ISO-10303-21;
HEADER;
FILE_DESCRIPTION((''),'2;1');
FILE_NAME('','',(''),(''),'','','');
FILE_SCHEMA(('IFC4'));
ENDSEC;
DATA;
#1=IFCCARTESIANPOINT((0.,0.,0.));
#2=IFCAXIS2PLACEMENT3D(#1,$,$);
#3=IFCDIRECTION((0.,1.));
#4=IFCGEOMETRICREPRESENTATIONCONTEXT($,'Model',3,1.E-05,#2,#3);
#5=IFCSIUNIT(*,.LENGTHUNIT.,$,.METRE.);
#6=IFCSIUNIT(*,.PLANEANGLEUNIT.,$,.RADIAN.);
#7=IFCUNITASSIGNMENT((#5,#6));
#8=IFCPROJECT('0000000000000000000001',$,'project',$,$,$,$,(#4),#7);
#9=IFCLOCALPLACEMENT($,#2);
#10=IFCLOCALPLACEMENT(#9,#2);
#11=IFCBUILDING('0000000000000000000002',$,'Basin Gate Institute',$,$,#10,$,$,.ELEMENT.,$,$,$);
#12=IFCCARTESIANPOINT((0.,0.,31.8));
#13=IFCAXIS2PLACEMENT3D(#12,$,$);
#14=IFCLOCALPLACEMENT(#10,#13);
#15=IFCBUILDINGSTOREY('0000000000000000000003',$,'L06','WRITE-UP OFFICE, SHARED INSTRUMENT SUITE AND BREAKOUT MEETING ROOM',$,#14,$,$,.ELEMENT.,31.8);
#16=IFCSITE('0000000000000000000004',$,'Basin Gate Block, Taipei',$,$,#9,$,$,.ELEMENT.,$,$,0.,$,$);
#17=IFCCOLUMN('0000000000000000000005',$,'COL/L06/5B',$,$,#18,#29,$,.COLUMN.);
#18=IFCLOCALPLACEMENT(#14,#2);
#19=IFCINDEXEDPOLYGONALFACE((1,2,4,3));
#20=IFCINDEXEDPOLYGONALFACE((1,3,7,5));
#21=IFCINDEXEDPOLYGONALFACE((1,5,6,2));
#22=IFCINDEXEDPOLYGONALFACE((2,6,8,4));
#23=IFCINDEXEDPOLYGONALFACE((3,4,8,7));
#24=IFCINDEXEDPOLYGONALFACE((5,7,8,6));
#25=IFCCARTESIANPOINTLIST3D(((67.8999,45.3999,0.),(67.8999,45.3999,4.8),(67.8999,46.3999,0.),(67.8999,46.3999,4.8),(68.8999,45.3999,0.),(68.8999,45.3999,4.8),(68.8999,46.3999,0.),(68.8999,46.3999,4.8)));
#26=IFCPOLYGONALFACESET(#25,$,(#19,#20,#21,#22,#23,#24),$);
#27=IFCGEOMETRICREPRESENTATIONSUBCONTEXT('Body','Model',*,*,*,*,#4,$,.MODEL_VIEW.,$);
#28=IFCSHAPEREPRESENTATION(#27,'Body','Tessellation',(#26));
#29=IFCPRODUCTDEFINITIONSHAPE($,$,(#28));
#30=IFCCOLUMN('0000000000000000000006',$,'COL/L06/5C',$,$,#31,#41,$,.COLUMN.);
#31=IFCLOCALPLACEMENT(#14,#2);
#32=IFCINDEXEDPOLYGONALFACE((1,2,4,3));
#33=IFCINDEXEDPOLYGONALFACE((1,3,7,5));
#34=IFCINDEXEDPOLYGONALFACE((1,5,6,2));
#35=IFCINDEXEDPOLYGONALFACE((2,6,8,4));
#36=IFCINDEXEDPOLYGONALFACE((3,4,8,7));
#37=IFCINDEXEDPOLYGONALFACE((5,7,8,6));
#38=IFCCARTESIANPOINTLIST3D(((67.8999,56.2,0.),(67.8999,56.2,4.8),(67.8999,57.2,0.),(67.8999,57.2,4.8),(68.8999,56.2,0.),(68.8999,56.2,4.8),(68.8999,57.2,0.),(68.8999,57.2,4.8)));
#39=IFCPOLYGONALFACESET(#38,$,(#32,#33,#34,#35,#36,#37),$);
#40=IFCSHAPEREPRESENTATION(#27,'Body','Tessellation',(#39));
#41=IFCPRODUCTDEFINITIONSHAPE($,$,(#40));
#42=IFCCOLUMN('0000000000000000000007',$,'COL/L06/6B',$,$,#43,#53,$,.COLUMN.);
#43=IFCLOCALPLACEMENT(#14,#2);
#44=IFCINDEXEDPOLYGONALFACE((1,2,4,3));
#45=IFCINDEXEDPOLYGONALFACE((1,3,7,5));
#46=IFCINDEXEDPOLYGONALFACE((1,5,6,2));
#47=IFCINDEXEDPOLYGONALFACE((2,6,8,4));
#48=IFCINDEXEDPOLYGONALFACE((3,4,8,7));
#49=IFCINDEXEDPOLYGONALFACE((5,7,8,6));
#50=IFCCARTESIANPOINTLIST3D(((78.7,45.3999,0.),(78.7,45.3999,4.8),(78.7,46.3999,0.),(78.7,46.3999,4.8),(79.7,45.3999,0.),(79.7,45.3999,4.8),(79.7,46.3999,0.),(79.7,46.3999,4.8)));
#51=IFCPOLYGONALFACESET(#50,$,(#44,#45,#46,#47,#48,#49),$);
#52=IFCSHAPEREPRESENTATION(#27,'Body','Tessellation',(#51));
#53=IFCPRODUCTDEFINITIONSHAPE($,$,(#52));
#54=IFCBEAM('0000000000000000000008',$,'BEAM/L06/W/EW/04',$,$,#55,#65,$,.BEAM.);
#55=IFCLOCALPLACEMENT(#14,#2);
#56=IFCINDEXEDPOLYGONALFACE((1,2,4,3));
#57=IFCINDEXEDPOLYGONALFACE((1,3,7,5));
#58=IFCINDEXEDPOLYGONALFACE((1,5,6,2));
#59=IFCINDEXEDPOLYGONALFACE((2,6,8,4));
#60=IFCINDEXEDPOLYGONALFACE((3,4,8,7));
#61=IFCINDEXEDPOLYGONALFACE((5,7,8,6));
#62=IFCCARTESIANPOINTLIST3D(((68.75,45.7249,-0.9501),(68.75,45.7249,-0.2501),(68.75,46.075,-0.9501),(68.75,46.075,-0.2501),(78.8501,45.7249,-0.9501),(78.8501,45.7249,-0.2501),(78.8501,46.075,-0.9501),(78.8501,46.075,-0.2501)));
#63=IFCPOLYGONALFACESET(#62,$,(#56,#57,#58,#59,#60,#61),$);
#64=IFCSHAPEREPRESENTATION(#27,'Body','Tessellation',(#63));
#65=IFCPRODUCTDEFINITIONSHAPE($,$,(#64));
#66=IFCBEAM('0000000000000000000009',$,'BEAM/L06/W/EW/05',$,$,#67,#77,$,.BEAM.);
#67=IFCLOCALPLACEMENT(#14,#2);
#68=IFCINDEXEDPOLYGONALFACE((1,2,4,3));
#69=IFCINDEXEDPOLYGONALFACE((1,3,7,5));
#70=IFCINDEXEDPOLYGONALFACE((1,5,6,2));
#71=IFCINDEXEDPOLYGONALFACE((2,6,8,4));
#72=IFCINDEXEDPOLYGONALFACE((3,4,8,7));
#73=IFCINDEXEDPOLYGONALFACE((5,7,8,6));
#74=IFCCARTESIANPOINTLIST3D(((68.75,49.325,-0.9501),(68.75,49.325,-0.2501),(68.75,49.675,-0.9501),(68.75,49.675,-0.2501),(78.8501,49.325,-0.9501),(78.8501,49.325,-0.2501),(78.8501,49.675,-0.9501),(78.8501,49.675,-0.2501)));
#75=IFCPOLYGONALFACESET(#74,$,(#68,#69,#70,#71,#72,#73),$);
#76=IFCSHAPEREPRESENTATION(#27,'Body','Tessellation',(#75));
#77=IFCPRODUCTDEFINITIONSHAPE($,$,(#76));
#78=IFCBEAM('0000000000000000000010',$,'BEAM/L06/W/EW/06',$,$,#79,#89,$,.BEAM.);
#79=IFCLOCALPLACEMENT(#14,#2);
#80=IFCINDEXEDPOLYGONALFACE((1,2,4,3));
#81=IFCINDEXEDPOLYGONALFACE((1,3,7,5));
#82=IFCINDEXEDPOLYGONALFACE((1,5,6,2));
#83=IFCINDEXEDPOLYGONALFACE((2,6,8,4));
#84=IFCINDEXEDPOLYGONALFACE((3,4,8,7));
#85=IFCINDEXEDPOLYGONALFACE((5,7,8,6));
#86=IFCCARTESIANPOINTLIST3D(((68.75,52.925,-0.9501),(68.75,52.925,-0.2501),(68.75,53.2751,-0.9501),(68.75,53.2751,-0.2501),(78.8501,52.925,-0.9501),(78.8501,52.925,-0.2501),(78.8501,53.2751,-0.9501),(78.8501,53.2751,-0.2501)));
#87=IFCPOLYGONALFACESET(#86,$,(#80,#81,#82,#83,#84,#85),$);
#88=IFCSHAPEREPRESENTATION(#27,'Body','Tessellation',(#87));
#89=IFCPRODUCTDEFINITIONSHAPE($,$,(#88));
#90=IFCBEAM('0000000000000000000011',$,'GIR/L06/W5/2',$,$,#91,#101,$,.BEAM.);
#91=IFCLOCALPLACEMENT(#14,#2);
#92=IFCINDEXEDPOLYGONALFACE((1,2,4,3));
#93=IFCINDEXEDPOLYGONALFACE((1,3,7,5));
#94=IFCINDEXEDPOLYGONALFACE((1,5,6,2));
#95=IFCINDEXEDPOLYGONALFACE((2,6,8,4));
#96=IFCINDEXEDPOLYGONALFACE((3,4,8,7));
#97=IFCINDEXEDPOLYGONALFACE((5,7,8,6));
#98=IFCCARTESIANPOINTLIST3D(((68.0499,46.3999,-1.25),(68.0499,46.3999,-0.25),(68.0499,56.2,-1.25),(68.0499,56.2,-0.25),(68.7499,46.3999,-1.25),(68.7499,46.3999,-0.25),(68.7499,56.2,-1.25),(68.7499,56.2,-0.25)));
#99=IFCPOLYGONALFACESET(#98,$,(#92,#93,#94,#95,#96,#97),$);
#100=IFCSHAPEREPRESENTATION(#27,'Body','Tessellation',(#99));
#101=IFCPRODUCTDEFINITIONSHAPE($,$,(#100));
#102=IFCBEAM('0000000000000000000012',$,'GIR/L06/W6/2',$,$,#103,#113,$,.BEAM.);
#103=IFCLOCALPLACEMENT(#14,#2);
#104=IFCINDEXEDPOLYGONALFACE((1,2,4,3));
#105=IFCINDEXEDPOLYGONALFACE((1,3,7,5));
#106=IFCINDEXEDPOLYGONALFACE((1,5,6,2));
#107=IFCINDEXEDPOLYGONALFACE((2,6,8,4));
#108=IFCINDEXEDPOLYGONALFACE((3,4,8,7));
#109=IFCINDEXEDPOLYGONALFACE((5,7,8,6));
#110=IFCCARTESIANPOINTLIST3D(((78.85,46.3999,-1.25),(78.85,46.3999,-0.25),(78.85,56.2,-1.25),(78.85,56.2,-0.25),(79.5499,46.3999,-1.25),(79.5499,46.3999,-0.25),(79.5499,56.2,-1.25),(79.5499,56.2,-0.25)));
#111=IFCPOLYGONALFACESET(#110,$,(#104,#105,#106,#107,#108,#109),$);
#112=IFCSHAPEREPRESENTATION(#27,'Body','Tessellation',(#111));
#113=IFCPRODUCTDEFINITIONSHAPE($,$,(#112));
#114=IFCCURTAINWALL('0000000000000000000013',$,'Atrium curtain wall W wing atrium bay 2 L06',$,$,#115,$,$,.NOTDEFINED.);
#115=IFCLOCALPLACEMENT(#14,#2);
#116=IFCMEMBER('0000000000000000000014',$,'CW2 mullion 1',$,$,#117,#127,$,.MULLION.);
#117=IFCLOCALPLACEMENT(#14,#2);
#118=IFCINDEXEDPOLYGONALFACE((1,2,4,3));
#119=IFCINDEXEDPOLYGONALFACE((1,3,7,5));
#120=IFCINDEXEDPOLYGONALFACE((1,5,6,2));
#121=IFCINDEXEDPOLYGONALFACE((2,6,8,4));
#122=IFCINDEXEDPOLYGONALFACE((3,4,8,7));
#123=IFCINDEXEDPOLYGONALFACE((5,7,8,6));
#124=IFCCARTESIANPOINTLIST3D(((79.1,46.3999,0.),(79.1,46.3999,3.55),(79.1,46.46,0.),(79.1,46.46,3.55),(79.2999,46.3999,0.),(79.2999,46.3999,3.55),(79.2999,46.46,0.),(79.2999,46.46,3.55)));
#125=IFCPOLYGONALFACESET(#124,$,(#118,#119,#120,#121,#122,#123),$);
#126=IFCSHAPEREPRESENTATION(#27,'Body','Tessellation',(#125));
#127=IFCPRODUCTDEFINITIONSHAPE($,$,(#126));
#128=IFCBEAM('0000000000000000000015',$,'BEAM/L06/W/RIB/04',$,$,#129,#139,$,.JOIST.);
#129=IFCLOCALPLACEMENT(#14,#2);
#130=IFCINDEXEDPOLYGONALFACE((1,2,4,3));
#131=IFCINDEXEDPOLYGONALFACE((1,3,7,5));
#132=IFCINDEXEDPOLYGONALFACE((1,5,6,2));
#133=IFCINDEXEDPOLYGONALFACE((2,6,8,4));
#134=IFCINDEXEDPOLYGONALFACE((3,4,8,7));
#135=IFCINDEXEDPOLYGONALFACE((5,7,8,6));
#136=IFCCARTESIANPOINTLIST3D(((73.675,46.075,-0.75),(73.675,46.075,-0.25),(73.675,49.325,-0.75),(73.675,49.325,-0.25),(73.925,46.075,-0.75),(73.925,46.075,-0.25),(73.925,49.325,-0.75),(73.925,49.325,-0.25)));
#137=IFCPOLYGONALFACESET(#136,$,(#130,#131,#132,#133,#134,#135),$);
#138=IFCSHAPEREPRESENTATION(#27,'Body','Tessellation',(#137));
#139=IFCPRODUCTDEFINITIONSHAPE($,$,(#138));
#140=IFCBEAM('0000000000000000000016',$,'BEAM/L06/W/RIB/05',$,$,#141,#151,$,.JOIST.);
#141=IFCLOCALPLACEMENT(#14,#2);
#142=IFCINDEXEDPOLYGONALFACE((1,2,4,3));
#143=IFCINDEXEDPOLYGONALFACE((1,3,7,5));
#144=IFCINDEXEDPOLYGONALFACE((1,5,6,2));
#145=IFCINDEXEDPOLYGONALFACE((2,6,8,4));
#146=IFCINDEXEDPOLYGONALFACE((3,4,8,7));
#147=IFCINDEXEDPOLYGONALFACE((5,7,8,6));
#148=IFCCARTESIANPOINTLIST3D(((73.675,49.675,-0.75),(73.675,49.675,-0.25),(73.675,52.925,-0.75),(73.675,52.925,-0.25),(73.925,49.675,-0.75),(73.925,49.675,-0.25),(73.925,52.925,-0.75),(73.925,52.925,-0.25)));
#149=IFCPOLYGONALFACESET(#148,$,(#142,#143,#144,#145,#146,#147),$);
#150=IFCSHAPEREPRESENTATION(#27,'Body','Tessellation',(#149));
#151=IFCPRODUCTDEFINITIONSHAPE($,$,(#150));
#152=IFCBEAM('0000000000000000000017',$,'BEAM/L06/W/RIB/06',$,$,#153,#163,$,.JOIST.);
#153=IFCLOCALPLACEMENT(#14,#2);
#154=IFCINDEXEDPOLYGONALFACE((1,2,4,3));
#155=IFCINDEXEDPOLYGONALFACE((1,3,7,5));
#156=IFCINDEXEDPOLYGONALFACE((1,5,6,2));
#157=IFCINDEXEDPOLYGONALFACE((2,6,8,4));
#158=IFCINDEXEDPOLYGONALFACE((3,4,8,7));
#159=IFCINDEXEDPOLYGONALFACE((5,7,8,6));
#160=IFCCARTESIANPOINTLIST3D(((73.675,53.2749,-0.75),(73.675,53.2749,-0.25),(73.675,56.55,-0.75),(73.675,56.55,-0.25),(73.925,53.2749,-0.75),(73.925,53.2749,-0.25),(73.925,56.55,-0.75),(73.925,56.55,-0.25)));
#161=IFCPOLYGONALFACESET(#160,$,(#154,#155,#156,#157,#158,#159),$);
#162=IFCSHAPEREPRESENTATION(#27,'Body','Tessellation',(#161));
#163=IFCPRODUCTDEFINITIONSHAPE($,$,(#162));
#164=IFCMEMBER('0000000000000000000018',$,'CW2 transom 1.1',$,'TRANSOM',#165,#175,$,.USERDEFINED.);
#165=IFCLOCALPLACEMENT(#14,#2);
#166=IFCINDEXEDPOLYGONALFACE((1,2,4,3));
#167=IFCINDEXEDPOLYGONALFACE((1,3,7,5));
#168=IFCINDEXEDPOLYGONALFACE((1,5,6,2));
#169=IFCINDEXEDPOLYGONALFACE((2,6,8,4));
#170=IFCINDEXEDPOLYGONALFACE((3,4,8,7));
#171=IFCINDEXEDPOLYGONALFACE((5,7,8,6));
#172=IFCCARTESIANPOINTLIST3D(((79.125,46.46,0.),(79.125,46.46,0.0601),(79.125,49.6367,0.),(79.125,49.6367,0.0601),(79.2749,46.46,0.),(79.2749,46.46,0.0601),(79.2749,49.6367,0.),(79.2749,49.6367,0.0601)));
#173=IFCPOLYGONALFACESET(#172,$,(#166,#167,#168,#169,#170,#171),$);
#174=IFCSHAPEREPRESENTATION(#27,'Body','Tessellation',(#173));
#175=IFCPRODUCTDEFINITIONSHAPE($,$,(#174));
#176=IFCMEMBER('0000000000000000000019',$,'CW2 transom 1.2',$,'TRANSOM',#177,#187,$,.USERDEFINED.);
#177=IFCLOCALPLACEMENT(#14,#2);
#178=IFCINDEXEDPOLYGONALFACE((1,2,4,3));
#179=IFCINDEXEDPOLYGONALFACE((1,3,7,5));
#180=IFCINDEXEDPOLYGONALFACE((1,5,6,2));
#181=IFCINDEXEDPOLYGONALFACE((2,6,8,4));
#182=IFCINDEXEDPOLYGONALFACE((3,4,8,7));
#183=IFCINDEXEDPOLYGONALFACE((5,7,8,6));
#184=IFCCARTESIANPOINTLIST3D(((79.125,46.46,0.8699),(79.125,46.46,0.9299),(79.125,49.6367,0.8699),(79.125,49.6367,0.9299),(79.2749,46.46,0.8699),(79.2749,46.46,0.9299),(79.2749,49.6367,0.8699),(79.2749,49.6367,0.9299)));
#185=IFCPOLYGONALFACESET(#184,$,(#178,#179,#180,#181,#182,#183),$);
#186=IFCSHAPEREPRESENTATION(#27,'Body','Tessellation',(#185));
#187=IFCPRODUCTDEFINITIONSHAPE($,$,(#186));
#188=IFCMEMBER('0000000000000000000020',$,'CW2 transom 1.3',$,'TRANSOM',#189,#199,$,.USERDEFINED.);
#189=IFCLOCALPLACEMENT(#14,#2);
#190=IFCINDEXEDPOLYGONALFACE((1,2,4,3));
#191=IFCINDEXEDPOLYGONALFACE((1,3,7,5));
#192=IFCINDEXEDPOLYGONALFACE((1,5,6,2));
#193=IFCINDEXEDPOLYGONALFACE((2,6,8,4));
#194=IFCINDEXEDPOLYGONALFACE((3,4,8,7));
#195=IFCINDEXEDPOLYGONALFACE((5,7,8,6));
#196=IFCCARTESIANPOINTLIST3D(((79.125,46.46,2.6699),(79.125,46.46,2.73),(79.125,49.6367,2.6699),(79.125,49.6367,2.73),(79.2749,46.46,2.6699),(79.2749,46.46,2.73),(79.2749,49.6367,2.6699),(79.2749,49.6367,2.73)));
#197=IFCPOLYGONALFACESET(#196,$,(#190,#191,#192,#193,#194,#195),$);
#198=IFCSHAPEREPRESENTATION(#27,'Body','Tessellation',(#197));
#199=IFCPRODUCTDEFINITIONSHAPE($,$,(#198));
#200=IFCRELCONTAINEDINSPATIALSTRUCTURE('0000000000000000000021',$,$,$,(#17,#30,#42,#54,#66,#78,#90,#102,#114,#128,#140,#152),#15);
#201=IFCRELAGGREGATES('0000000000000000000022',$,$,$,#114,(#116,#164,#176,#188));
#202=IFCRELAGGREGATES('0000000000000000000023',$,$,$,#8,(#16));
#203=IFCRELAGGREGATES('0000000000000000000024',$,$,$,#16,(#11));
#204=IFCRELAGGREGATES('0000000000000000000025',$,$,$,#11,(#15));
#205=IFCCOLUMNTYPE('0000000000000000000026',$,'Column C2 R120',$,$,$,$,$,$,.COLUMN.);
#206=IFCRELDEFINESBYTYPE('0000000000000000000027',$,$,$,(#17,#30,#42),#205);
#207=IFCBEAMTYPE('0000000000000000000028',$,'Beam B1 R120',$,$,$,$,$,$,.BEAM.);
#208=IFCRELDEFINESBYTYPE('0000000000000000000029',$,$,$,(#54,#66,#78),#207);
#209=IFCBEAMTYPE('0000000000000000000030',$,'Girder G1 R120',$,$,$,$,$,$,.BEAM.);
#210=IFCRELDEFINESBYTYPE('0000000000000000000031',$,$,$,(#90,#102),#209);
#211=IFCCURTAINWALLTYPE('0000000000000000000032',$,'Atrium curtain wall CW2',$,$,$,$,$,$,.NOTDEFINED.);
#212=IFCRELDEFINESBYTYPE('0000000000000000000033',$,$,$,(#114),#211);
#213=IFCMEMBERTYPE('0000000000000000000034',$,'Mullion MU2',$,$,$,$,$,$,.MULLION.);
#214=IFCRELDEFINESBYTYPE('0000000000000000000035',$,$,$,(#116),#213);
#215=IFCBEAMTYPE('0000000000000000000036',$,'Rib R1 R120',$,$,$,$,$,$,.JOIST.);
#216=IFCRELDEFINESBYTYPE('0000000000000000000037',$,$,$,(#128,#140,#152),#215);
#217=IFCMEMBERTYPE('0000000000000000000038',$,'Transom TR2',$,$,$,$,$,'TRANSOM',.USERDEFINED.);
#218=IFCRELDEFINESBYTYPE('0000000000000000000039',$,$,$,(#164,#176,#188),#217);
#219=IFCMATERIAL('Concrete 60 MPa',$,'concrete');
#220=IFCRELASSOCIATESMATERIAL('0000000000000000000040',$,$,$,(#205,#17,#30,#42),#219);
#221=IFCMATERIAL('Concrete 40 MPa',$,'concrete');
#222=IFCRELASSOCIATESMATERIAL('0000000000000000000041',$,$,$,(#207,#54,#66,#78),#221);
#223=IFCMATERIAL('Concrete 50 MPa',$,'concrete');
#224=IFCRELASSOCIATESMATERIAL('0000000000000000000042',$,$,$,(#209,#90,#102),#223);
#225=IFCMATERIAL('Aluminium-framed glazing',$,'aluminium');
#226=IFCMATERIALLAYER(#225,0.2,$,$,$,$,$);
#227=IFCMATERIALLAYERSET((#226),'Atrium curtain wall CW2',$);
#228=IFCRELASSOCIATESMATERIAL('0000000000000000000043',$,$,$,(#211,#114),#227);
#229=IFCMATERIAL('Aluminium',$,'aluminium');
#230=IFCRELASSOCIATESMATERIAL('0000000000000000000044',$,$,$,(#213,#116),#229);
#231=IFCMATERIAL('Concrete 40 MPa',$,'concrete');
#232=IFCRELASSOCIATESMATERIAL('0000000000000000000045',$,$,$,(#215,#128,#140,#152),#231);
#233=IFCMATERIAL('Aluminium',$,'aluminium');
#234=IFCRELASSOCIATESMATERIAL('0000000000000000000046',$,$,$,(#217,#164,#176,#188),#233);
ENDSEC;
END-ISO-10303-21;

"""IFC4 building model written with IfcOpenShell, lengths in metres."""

from ifc_helpers import new_model, si_unit, direction, frame, origin, origin_2d, place, context, subcontext, project, spatial, rectangle, extrude, material, layer, layer_set, material_profile, profile_set, type_object, element, aggregate, save


model = new_model("IFC4")

# Units and contexts
model_context = context("Model", 3, precision=1e-05, world=origin(), true_north=direction((0.0, 1.0)))
body_context = subcontext(model_context, "Body", "Model", "MODEL_VIEW")
ifc_project = project(units=[si_unit("LENGTHUNIT", "METRE"), si_unit("PLANEANGLEUNIT", "RADIAN")], contexts=[model_context])

# Site, building, storey
site_placement = place(None, origin())
site = spatial("IfcSite", under=ifc_project, at=site_placement, Name="Basin Gate Block, Taipei", CompositionType="ELEMENT", RefElevation=0.0)
building_placement = place(site_placement, origin())
building = spatial("IfcBuilding", under=site, at=building_placement, Name="Basin Gate Institute", CompositionType="ELEMENT")
storey_placement = place(building_placement, frame((0.0, 0.0, 31.8)))
storey = spatial("IfcBuildingStorey", under=building, at=storey_placement, Name="L06", Description="WRITE-UP OFFICE, SHARED INSTRUMENT SUITE AND BREAKOUT MEETING ROOM", CompositionType="ELEMENT", Elevation=31.8)

# Columns
ifc_material_1 = material(Name="Concrete 60 MPa", Category="concrete")
ifc_material_profile_1 = material_profile(ifc_material_1, rectangle(XDim=1.0, YDim=1.0, at=origin_2d()), Name="Column C2 1000 x 1000")
ifc_profile_set_1 = profile_set([ifc_material_profile_1], Name="Concrete 60 MPa")
column_type = type_object("IfcColumnType", Name="Column C2 R120", PredefinedType="COLUMN", material=ifc_profile_set_1)
for number, where, z_axis, x_axis, name in (
    (1, (68.3999, 45.8999, 0.0), (0.0, 0.0, 1.0), (1.0, 0.0, 0.0), "COL/L06/5B"),
    (2, (68.3999, 56.7, 0.0), (0.0, 0.0, 1.0), (1.0, 0.0, 0.0), "COL/L06/5C"),
    (3, (79.2, 45.8999, 0.0), (0.0, 0.0, 1.0), (1.0, 0.0, 0.0), "COL/L06/6B"),
):
    element("IfcColumn", number, at=place(storey_placement, frame(where, z_axis=z_axis, x_axis=x_axis)), inside=storey, type_object=column_type, material=ifc_profile_set_1, Name=name, PredefinedType="COLUMN", context=body_context, shape_type="SweptSolid", body=[
        extrude(rectangle(XDim=1.0, YDim=1.0, at=origin_2d()), origin(), (0.0, 0.0, 1.0), 4.8),
    ])

# Beams
ifc_material_2 = material(Name="Concrete 40 MPa", Category="concrete")
ifc_material_profile_2 = material_profile(ifc_material_2, rectangle(XDim=0.3501, YDim=0.7, at=origin_2d()), Name="Beam B1 350 x 700")
ifc_profile_set_2 = profile_set([ifc_material_profile_2], Name="Concrete 40 MPa")
beam_type_1 = type_object("IfcBeamType", Name="Beam B1 R120", PredefinedType="BEAM", material=ifc_profile_set_2)
for number, where, z_axis, x_axis, name in (
    (4, (68.75, 45.8999, -0.6001), (1.0, 0.0, 0.0), (0.0, 1.0, 0.0), "BEAM/L06/W/EW/04"),
    (5, (68.75, 49.5, -0.6001), (1.0, 0.0, 0.0), (0.0, 1.0, 0.0), "BEAM/L06/W/EW/05"),
    (6, (68.75, 53.1001, -0.6001), (1.0, 0.0, 0.0), (0.0, 1.0, 0.0), "BEAM/L06/W/EW/06"),
):
    element("IfcBeam", number, at=place(storey_placement, frame(where, z_axis=z_axis, x_axis=x_axis)), inside=storey, type_object=beam_type_1, material=ifc_profile_set_2, Name=name, PredefinedType="BEAM", context=body_context, shape_type="SweptSolid", body=[
        extrude(rectangle(XDim=0.3501, YDim=0.7, at=origin_2d()), origin(), (0.0, 0.0, 1.0), 10.1001),
    ])
ifc_material_3 = material(Name="Concrete 50 MPa", Category="concrete")
ifc_material_profile_3 = material_profile(ifc_material_3, rectangle(XDim=0.7, YDim=1.0, at=origin_2d()), Name="Girder G1 700 x 1000")
ifc_profile_set_3 = profile_set([ifc_material_profile_3], Name="Concrete 50 MPa")
beam_type_2 = type_object("IfcBeamType", Name="Girder G1 R120", PredefinedType="BEAM", material=ifc_profile_set_3)
for number, where, z_axis, x_axis, name in (
    (7, (68.3999, 46.3999, -0.75), (0.0, 1.0, 0.0), (-1.0, 0.0, 0.0), "GIR/L06/W5/2"),
    (8, (79.2, 46.3999, -0.75), (0.0, 1.0, 0.0), (-1.0, 0.0, 0.0), "GIR/L06/W6/2"),
):
    element("IfcBeam", number, at=place(storey_placement, frame(where, z_axis=z_axis, x_axis=x_axis)), inside=storey, type_object=beam_type_2, material=ifc_profile_set_3, Name=name, PredefinedType="BEAM", context=body_context, shape_type="SweptSolid", body=[
        extrude(rectangle(XDim=0.7, YDim=1.0, at=origin_2d()), origin(), (0.0, 0.0, 1.0), 9.8),
    ])

# Curtain wall, member
ifc_material_4 = material(Name="Aluminium-framed glazing", Category="aluminium")
ifc_layer_1 = layer(ifc_material_4, 0.2)
ifc_layer_set_1 = layer_set([ifc_layer_1], Name="Atrium curtain wall CW2")
curtain_wall_type = type_object("IfcCurtainWallType", Name="Atrium curtain wall CW2", PredefinedType="NOTDEFINED", material=ifc_layer_set_1)
curtain_wall_placement = place(storey_placement, origin())
curtain_wall = element("IfcCurtainWall", 9, at=curtain_wall_placement, inside=storey, type_object=curtain_wall_type, material=ifc_layer_set_1, Name="Atrium curtain wall W wing atrium bay 2 L06", PredefinedType="NOTDEFINED")
ifc_material_5 = material(Name="Aluminium", Category="aluminium")
ifc_material_profile_4 = material_profile(ifc_material_5, rectangle(XDim=0.2, YDim=0.0601, at=origin_2d()), Name="Mullion MU2 200 x 60")
ifc_profile_set_4 = profile_set([ifc_material_profile_4], Name="Aluminium")
member_type_1 = type_object("IfcMemberType", Name="Mullion MU2", PredefinedType="MULLION", material=ifc_profile_set_4)
member_1_placement = place(storey_placement, frame((79.2, 46.4299, 0.0), z_axis=(0.0, 0.0, 1.0), x_axis=(-1.0, 0.0, 0.0)))
member_1 = element("IfcMember", 10, at=member_1_placement, type_object=member_type_1, material=ifc_profile_set_4, Name="CW2 mullion 1", PredefinedType="MULLION", context=body_context, shape_type="SweptSolid", body=[
    extrude(rectangle(XDim=0.2, YDim=0.0601, at=origin_2d()), origin(), (0.0, 0.0, 1.0), 3.55),
])

# Beams
ifc_material_6 = material(Name="Concrete 40 MPa", Category="concrete")
ifc_material_profile_5 = material_profile(ifc_material_6, rectangle(XDim=0.25, YDim=0.5, at=origin_2d()), Name="Rib R1 250 x 500")
ifc_profile_set_5 = profile_set([ifc_material_profile_5], Name="Concrete 40 MPa")
beam_type_3 = type_object("IfcBeamType", Name="Rib R1 R120", PredefinedType="JOIST", material=ifc_profile_set_5)
for number, where, z_axis, x_axis, name in (
    (11, (73.8, 46.075, -0.5), (0.0, 1.0, 0.0), (-1.0, 0.0, 0.0), "BEAM/L06/W/RIB/04"),
    (12, (73.8, 49.675, -0.5), (0.0, 1.0, 0.0), (-1.0, 0.0, 0.0), "BEAM/L06/W/RIB/05"),
):
    element("IfcBeam", number, at=place(storey_placement, frame(where, z_axis=z_axis, x_axis=x_axis)), inside=storey, type_object=beam_type_3, material=ifc_profile_set_5, Name=name, PredefinedType="JOIST", context=body_context, shape_type="SweptSolid", body=[
        extrude(rectangle(XDim=0.25, YDim=0.5, at=origin_2d()), origin(), (0.0, 0.0, 1.0), 3.25),
    ])
beam_placement = place(storey_placement, frame((73.8, 53.2749, -0.5), z_axis=(0.0, 1.0, 0.0), x_axis=(-1.0, 0.0, 0.0)))
element("IfcBeam", 13, at=beam_placement, inside=storey, type_object=beam_type_3, material=ifc_profile_set_5, Name="BEAM/L06/W/RIB/06", PredefinedType="JOIST", context=body_context, shape_type="SweptSolid", body=[
    extrude(rectangle(XDim=0.25, YDim=0.5, at=origin_2d()), origin(), (0.0, 0.0, 1.0), 3.2751),
])

# Members
ifc_material_7 = material(Name="Aluminium", Category="aluminium")
ifc_material_profile_6 = material_profile(ifc_material_7, rectangle(XDim=0.1499, YDim=0.0601, at=origin_2d()), Name="Transom TR2 150 x 60")
ifc_profile_set_6 = profile_set([ifc_material_profile_6], Name="Aluminium")
member_type_2 = type_object("IfcMemberType", Name="Transom TR2", ElementType="TRANSOM", PredefinedType="USERDEFINED", material=ifc_profile_set_6)
member_2_placement = place(storey_placement, frame((79.2, 46.46, 0.03), z_axis=(0.0, 1.0, 0.0), x_axis=(-1.0, 0.0, 0.0)))
member_2 = element("IfcMember", 14, at=member_2_placement, type_object=member_type_2, material=ifc_profile_set_6, Name="CW2 transom 1.1", ObjectType="TRANSOM", PredefinedType="USERDEFINED", context=body_context, shape_type="SweptSolid", body=[
    extrude(rectangle(XDim=0.1499, YDim=0.0601, at=origin_2d()), origin(), (0.0, 0.0, 1.0), 3.1768),
])
member_3_placement = place(storey_placement, frame((79.2, 46.46, 0.8999), z_axis=(0.0, 1.0, 0.0), x_axis=(-1.0, 0.0, 0.0)))
member_3 = element("IfcMember", 15, at=member_3_placement, type_object=member_type_2, material=ifc_profile_set_6, Name="CW2 transom 1.2", ObjectType="TRANSOM", PredefinedType="USERDEFINED", context=body_context, shape_type="SweptSolid", body=[
    extrude(rectangle(XDim=0.1499, YDim=0.0601, at=origin_2d()), origin(), (0.0, 0.0, 1.0), 3.1768),
])
member_4_placement = place(storey_placement, frame((79.2, 46.46, 2.7), z_axis=(0.0, 1.0, 0.0), x_axis=(-1.0, 0.0, 0.0)))
member_4 = element("IfcMember", 16, at=member_4_placement, type_object=member_type_2, material=ifc_profile_set_6, Name="CW2 transom 1.3", ObjectType="TRANSOM", PredefinedType="USERDEFINED", context=body_context, shape_type="SweptSolid", body=[
    extrude(rectangle(XDim=0.1499, YDim=0.0601, at=origin_2d()), origin(), (0.0, 0.0, 1.0), 3.1768),
])
aggregate(curtain_wall, [member_1, member_2, member_3, member_4])

save(model, "model.ifc")
